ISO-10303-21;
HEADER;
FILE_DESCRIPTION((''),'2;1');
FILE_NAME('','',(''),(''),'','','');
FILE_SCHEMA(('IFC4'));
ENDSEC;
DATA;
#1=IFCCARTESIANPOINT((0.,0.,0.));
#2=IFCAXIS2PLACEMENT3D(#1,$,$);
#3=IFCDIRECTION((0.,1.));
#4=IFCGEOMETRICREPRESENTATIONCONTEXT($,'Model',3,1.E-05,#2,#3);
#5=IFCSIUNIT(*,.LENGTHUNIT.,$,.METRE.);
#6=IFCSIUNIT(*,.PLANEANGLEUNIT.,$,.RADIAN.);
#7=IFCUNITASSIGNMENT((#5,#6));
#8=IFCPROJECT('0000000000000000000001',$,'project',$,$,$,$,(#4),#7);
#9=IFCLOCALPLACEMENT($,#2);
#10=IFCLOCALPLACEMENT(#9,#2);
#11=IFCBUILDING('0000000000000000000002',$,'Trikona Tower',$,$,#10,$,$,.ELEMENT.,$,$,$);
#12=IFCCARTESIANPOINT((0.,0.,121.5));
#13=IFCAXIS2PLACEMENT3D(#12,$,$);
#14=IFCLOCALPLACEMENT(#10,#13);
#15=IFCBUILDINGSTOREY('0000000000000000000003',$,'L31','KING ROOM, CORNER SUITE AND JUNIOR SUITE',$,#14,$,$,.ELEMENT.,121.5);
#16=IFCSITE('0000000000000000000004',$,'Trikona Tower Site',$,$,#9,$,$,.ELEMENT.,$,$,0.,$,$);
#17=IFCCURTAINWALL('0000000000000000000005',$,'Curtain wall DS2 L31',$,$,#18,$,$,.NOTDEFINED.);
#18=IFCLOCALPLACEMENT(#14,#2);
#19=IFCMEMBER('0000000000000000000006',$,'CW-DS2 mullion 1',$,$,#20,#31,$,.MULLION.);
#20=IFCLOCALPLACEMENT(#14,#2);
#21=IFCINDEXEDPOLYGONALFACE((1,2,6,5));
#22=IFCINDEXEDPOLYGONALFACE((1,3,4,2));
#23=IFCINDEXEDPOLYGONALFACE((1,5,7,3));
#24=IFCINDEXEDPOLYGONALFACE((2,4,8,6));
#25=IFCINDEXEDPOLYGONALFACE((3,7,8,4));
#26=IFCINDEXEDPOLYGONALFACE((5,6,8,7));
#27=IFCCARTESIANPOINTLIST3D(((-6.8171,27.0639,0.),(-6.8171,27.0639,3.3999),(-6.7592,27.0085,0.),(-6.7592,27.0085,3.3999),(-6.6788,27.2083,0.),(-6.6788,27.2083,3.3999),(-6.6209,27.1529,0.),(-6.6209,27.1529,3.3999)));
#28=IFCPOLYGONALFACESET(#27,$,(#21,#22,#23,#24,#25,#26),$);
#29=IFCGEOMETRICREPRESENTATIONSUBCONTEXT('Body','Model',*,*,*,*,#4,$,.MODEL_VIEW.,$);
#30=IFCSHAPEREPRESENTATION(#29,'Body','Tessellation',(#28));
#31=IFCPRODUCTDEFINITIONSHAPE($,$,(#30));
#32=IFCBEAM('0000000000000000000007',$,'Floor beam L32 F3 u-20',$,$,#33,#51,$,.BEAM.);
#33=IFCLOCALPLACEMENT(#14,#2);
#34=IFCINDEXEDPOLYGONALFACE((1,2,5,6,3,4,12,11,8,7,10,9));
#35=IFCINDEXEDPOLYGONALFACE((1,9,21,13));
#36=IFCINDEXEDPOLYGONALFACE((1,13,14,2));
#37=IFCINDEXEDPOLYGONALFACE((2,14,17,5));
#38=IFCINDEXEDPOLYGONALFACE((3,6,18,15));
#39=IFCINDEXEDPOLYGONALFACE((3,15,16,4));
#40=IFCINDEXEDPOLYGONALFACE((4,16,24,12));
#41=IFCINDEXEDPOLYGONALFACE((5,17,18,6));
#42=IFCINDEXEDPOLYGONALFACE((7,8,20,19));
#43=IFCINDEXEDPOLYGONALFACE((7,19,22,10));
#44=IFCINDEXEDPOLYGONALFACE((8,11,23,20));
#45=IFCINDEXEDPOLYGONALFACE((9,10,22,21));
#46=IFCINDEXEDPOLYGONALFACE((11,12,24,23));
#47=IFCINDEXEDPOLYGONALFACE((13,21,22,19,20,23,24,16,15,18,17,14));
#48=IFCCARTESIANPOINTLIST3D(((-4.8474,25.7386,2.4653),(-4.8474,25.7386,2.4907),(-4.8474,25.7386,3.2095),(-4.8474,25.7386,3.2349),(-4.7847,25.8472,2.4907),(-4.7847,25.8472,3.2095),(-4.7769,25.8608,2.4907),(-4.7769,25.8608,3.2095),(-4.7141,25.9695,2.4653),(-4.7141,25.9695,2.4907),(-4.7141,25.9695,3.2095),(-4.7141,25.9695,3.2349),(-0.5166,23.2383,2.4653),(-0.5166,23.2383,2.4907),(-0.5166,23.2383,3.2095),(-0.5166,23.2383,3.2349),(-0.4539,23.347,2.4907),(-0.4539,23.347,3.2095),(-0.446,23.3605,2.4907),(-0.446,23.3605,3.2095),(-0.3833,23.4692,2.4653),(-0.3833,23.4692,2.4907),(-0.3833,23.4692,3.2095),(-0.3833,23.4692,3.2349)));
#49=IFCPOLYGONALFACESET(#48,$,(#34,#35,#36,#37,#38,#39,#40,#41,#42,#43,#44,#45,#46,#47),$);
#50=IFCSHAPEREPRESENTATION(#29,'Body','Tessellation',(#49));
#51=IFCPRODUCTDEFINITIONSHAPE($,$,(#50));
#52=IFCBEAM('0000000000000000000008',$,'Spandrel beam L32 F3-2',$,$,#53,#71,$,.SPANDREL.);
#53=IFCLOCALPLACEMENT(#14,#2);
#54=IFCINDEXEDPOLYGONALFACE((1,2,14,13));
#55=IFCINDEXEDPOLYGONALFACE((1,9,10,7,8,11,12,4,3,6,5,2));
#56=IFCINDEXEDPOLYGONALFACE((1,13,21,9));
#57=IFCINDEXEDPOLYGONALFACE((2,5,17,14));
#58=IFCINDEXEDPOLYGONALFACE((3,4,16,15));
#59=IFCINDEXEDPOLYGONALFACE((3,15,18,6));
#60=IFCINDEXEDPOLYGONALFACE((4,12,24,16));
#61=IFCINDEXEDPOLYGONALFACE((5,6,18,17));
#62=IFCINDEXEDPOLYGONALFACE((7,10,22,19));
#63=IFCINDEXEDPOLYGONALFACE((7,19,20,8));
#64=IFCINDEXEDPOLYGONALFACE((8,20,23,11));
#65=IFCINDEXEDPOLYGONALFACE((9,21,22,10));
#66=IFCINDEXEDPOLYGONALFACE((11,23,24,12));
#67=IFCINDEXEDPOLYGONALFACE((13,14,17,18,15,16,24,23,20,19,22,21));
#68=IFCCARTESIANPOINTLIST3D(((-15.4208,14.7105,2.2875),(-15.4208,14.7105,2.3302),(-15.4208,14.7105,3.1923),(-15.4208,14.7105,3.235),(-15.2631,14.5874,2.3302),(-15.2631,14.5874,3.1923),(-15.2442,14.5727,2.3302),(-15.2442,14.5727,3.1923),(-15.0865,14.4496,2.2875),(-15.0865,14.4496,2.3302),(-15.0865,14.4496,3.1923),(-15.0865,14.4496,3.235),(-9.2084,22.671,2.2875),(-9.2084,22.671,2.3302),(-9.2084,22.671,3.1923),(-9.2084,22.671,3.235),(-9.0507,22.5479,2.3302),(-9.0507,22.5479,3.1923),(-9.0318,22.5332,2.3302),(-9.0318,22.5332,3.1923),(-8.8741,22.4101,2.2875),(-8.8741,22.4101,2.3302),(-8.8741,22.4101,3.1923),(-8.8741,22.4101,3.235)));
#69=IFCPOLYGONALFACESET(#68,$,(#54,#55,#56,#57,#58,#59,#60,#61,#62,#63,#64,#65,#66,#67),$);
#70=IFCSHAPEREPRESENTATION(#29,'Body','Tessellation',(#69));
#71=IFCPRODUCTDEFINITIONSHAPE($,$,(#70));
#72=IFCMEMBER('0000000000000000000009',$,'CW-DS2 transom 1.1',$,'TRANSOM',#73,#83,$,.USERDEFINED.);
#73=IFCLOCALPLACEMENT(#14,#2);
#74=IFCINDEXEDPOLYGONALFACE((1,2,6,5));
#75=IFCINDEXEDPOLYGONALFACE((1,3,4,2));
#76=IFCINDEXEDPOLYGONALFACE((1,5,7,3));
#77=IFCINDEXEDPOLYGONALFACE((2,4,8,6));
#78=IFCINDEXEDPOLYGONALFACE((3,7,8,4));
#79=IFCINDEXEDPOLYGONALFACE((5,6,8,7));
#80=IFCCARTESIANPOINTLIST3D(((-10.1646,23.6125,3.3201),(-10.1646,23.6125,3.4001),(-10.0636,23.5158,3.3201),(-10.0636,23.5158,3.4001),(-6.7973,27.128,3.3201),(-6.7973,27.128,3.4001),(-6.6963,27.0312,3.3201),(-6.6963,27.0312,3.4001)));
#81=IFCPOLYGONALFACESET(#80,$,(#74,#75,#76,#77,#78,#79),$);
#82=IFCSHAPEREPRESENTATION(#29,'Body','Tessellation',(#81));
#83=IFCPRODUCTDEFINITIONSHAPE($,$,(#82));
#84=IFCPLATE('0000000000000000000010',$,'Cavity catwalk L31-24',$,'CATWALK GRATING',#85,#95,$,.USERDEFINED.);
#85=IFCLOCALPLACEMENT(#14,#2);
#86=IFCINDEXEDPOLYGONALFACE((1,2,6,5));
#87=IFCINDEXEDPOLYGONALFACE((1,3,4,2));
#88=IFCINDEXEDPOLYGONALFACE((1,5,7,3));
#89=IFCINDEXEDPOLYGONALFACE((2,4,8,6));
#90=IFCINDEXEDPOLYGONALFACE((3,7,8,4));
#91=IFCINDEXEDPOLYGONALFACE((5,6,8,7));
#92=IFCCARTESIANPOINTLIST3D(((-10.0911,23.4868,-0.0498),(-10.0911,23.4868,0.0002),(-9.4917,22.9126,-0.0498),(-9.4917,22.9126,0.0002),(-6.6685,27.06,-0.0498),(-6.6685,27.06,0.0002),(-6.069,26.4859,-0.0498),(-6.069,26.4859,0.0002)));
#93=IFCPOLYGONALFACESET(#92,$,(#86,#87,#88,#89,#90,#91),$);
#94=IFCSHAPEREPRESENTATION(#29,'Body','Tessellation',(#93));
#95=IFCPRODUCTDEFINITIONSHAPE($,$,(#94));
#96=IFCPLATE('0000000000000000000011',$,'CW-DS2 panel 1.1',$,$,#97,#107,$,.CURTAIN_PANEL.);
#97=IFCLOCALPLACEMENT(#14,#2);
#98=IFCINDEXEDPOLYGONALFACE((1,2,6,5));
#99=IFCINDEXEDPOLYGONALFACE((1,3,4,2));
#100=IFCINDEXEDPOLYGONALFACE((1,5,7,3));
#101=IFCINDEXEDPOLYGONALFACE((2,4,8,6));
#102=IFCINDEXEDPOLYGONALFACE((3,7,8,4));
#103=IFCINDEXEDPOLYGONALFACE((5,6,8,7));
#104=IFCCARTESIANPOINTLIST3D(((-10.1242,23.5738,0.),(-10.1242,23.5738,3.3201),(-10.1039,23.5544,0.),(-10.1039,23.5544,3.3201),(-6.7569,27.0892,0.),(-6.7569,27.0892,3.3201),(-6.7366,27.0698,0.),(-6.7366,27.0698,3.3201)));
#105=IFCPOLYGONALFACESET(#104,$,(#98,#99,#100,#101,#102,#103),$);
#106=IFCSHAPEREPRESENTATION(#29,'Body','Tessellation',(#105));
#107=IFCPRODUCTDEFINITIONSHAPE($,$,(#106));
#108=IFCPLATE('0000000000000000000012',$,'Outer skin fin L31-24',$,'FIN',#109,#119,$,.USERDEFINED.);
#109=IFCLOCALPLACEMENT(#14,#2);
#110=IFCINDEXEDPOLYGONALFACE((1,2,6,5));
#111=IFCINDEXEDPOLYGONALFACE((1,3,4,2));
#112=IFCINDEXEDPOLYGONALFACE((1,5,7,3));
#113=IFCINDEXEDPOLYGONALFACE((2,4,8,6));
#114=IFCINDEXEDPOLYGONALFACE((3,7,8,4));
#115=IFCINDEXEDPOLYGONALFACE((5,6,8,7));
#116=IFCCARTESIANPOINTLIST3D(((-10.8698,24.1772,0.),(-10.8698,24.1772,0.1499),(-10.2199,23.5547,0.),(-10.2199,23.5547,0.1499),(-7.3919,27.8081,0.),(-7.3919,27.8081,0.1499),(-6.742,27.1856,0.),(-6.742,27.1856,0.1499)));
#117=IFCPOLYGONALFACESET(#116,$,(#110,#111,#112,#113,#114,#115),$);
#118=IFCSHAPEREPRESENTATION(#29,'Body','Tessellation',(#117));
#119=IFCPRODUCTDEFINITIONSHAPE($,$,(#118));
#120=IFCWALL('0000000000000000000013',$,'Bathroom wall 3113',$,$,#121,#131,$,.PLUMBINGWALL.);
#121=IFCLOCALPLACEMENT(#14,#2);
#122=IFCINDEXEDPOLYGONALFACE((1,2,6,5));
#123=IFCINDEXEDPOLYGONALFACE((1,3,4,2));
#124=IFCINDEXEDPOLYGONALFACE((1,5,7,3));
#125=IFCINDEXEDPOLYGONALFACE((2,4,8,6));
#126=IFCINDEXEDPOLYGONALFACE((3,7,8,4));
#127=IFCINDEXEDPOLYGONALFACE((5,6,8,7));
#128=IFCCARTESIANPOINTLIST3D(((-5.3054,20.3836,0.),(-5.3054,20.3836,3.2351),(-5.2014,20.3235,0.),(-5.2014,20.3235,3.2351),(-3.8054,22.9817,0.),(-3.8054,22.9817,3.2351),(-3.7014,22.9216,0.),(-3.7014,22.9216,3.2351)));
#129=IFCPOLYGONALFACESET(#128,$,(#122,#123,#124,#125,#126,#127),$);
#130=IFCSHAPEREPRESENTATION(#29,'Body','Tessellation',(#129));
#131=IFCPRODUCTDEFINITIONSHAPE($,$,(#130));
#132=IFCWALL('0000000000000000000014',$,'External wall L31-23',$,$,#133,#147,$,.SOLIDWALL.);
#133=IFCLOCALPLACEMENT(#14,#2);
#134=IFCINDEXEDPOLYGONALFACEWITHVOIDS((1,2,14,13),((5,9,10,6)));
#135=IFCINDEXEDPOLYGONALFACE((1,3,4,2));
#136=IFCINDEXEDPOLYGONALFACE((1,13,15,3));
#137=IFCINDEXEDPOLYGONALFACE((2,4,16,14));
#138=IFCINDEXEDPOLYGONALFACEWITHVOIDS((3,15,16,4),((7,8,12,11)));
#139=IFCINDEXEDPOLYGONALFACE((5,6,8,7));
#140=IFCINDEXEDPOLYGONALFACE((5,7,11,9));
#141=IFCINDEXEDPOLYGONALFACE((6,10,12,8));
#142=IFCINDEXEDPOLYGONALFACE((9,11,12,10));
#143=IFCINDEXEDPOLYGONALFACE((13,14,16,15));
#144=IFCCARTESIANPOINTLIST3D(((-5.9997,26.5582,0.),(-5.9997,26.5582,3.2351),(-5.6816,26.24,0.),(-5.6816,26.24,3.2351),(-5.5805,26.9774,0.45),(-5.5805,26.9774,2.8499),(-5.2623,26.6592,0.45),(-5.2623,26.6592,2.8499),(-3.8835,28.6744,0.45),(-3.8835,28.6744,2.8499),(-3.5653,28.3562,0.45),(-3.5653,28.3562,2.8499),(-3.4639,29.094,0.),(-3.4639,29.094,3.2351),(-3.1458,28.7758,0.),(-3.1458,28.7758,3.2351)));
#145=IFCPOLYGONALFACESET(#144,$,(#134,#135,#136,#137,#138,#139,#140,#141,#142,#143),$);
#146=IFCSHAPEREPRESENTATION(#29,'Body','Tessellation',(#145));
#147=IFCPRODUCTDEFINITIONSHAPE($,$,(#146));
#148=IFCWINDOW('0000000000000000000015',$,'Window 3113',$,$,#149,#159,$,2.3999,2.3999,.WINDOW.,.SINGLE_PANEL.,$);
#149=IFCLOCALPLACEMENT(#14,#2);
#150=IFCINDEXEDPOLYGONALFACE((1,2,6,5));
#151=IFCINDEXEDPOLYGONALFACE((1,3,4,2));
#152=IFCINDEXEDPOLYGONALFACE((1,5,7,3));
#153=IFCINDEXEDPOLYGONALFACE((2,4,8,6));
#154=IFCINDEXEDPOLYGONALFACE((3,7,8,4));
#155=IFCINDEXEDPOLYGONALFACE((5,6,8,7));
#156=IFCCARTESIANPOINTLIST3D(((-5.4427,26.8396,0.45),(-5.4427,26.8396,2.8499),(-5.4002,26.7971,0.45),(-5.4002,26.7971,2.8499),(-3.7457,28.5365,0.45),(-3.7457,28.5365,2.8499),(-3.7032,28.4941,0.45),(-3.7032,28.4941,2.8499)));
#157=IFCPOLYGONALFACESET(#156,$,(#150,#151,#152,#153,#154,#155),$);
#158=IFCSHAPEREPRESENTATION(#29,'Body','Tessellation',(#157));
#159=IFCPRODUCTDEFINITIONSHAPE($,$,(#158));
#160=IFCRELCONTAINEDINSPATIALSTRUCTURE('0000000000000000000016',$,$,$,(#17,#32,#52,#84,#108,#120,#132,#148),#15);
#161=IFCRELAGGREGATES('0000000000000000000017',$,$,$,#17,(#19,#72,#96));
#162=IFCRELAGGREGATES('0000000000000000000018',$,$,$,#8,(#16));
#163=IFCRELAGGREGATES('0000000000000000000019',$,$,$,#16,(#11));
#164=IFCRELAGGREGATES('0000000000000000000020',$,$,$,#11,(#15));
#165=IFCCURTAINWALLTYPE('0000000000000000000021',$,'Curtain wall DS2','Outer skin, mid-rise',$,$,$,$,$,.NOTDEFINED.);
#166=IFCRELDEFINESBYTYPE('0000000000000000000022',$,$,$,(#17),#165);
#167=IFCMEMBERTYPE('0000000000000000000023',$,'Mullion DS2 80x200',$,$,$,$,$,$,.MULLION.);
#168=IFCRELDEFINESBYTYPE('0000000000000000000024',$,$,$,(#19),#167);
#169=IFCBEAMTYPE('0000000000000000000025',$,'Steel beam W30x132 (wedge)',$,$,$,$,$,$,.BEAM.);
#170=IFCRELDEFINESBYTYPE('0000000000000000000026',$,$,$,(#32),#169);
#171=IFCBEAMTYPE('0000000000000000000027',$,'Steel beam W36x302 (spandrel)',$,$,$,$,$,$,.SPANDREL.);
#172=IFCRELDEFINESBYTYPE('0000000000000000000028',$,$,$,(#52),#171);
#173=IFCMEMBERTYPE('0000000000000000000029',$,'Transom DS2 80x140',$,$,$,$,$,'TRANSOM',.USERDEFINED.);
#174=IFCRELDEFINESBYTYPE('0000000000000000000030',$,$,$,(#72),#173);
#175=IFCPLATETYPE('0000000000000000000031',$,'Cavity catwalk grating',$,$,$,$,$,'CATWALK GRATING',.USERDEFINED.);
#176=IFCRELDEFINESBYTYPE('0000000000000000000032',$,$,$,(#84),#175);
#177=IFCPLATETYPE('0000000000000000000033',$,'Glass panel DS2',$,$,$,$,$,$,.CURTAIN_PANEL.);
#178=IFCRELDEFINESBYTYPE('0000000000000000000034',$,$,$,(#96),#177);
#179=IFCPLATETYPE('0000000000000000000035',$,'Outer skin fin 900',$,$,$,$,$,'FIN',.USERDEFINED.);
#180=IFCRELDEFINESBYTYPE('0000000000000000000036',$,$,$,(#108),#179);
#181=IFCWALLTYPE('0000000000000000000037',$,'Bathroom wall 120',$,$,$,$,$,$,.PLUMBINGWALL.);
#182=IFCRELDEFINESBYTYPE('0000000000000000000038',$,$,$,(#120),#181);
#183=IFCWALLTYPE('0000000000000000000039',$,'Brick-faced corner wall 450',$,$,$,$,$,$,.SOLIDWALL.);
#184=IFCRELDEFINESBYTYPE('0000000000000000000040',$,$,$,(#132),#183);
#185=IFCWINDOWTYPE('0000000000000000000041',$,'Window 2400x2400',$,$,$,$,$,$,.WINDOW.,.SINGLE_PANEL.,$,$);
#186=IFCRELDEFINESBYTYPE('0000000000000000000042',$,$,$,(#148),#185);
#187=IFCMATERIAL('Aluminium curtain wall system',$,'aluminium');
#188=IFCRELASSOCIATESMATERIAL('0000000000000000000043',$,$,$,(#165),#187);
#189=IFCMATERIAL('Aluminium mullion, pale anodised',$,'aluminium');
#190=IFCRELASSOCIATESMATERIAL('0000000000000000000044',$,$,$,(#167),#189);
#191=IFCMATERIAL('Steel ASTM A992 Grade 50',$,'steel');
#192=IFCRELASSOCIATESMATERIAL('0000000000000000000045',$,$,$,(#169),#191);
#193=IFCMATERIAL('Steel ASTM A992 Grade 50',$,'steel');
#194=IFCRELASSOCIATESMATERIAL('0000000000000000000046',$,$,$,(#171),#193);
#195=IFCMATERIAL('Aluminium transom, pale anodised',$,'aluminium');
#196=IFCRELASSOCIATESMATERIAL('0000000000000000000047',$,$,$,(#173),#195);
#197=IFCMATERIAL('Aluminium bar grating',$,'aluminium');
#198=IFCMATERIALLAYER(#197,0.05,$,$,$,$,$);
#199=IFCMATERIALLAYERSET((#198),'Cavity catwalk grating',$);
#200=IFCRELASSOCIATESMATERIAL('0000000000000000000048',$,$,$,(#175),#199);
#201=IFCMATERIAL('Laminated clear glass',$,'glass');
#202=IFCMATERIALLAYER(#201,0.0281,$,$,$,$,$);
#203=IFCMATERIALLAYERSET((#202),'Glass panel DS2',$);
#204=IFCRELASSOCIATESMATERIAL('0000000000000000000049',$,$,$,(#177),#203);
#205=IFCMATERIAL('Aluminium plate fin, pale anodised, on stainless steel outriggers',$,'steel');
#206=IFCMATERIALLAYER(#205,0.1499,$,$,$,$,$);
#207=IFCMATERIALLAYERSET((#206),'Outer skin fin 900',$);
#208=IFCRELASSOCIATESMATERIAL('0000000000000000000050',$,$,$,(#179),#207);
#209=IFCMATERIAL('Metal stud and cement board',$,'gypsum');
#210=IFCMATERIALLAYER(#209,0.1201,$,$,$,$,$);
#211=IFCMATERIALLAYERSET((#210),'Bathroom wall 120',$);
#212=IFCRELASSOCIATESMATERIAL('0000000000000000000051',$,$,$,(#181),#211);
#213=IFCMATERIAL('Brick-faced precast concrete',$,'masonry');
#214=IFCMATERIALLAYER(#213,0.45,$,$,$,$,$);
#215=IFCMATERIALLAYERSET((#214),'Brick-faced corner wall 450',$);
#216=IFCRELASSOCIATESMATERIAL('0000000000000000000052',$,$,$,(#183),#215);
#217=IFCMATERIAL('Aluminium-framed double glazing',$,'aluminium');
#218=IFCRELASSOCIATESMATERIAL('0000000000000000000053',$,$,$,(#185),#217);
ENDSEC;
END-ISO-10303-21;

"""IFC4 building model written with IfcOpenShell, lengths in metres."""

from ifc_helpers import new_model, si_unit, direction, frame, frame_2d, origin, origin_2d, place, context, subcontext, project, spatial, rectangle, i_section, extrude, material, layer, layer_set, material_profile, profile_set, type_object, element, fill, aggregate, save


model = new_model("IFC4")

# Units and contexts
model_context = context("Model", 3, precision=1e-05, world=origin(), true_north=direction((0.0, 1.0)))
body_context = subcontext(model_context, "Body", "Model", "MODEL_VIEW")
ifc_project = project(units=[si_unit("LENGTHUNIT", "METRE"), si_unit("PLANEANGLEUNIT", "RADIAN")], contexts=[model_context])

# Site, building, storey
site_placement = place(None, origin())
site = spatial("IfcSite", under=ifc_project, at=site_placement, Name="Trikona Tower Site", CompositionType="ELEMENT", RefElevation=0.0)
building_placement = place(site_placement, origin())
building = spatial("IfcBuilding", under=site, at=building_placement, Name="Trikona Tower", CompositionType="ELEMENT")
storey_placement = place(building_placement, frame((0.0, 0.0, 121.5)))
storey = spatial("IfcBuildingStorey", under=building, at=storey_placement, Name="L31", Description="KING ROOM, CORNER SUITE AND JUNIOR SUITE", CompositionType="ELEMENT", Elevation=121.5)

# Curtain wall, member
ifc_material_1 = material(Name="Aluminium curtain wall system", Category="aluminium")
curtain_wall_type = type_object("IfcCurtainWallType", Name="Curtain wall DS2", Description="Outer skin, mid-rise", PredefinedType="NOTDEFINED", material=ifc_material_1)
curtain_wall_placement = place(storey_placement, origin())
curtain_wall = element("IfcCurtainWall", 1, at=curtain_wall_placement, inside=storey, type_object=curtain_wall_type, Name="Curtain wall DS2 L31", PredefinedType="NOTDEFINED")
ifc_material_2 = material(Name="Aluminium mullion, pale anodised", Category="aluminium")
ifc_material_profile_1 = material_profile(ifc_material_2, rectangle(XDim=0.0801, YDim=0.2, at=origin_2d()), Name="MUL-DS2")
ifc_profile_set_1 = profile_set([ifc_material_profile_1], Name="Aluminium mullion, pale anodised")
member_type_1 = type_object("IfcMemberType", Name="Mullion DS2 80x200", PredefinedType="MULLION", material=ifc_profile_set_1)
member_1_placement = place(storey_placement, frame((-6.719, 27.1084, 0.0), z_axis=(0.0, 0.0, 1.0), x_axis=(0.722158, -0.691728, 0.0)))
member_1 = element("IfcMember", 2, at=member_1_placement, type_object=member_type_1, Name="CW-DS2 mullion 1", PredefinedType="MULLION", context=body_context, shape_type="SweptSolid", body=[
    extrude(rectangle(XDim=0.0801, YDim=0.2, at=origin_2d()), origin(), (0.0, 0.0, 1.0), 3.3999),
])

# Beams
ifc_material_3 = material(Name="Steel ASTM A992 Grade 50", Category="steel")
ifc_material_profile_2 = material_profile(ifc_material_3, i_section(OverallWidth=0.2666, OverallDepth=0.7695, WebThickness=0.0156, FlangeThickness=0.0254, at=origin_2d()), Name="W30X132")
ifc_profile_set_2 = profile_set([ifc_material_profile_2], Name="Steel ASTM A992 Grade 50")
beam_type_1 = type_object("IfcBeamType", Name="Steel beam W30x132 (wedge)", PredefinedType="BEAM", material=ifc_profile_set_2)
beam_1_placement = place(storey_placement, frame((-0.45, 23.3538, 2.8501), z_axis=(-0.866038, 0.499977, 0.0), x_axis=(-0.499977, -0.866038, 0.0)))
element("IfcBeam", 3, at=beam_1_placement, inside=storey, type_object=beam_type_1, Name="Floor beam L32 F3 u-20", PredefinedType="BEAM", context=body_context, shape_type="SweptSolid", body=[
    extrude(i_section(OverallWidth=0.2666, OverallDepth=0.7695, WebThickness=0.0156, FlangeThickness=0.0254, at=origin_2d()), origin(), (0.0, 0.0, 1.0), 5.0007),
])
ifc_material_4 = material(Name="Steel ASTM A992 Grade 50", Category="steel")
ifc_material_profile_3 = material_profile(ifc_material_4, i_section(OverallWidth=0.4241, OverallDepth=0.9475, WebThickness=0.0239, FlangeThickness=0.0427, at=origin_2d()), Name="W36X302")
ifc_profile_set_3 = profile_set([ifc_material_profile_3], Name="Steel ASTM A992 Grade 50")
beam_type_2 = type_object("IfcBeamType", Name="Steel beam W36x302 (spandrel)", PredefinedType="SPANDREL", material=ifc_profile_set_3)
beam_2_placement = place(storey_placement, frame((-9.0413, 22.5405, 2.7612), z_axis=(-0.615232, -0.788346, 0.0), x_axis=(0.788346, -0.615232, 0.0)))
element("IfcBeam", 4, at=beam_2_placement, inside=storey, type_object=beam_type_2, Name="Spandrel beam L32 F3-2", PredefinedType="SPANDREL", context=body_context, shape_type="SweptSolid", body=[
    extrude(i_section(OverallWidth=0.4241, OverallDepth=0.9475, WebThickness=0.0239, FlangeThickness=0.0427, at=origin_2d()), origin(), (0.0, 0.0, 1.0), 10.0977),
])

# Member
ifc_material_5 = material(Name="Aluminium transom, pale anodised", Category="aluminium")
ifc_material_profile_4 = material_profile(ifc_material_5, rectangle(XDim=0.1399, YDim=0.0801, at=origin_2d()), Name="TRN-DS2")
ifc_profile_set_4 = profile_set([ifc_material_profile_4], Name="Aluminium transom, pale anodised")
member_type_2 = type_object("IfcMemberType", Name="Transom DS2 80x140", ElementType="TRANSOM", PredefinedType="USERDEFINED", material=ifc_profile_set_4)
member_2_placement = place(storey_placement, frame((-6.7468, 27.0796, 3.3601), z_axis=(-0.691721, -0.722165, 0.0), x_axis=(0.722165, -0.691721, 0.0)))
member_2 = element("IfcMember", 5, at=member_2_placement, type_object=member_type_2, Name="CW-DS2 transom 1.1", ObjectType="TRANSOM", PredefinedType="USERDEFINED", context=body_context, shape_type="SweptSolid", body=[
    extrude(rectangle(XDim=0.1399, YDim=0.0801, at=origin_2d()), origin(), (0.0, 0.0, 1.0), 4.8679),
])

# Plates
ifc_material_6 = material(Name="Aluminium bar grating", Category="aluminium")
ifc_layer_1 = layer(ifc_material_6, 0.05)
ifc_layer_set_1 = layer_set([ifc_layer_1], Name="Cavity catwalk grating")
plate_type_1 = type_object("IfcPlateType", Name="Cavity catwalk grating", ElementType="CATWALK GRATING", PredefinedType="USERDEFINED", material=ifc_layer_set_1)
plate_1_placement = place(storey_placement, frame((-8.0801, 24.9863, -0.0498), z_axis=(0.0, 0.0, 1.0), x_axis=(-0.691724, -0.722162, 0.0)))
element("IfcPlate", 6, at=plate_1_placement, inside=storey, type_object=plate_type_1, Name="Cavity catwalk L31-24", ObjectType="CATWALK GRATING", PredefinedType="USERDEFINED", context=body_context, shape_type="SweptSolid", body=[
    extrude(rectangle(XDim=4.948, YDim=0.8301, at=origin_2d()), origin(), (0.0, 0.0, 1.0), 0.05),
])
ifc_material_7 = material(Name="Laminated clear glass", Category="glass")
ifc_layer_2 = layer(ifc_material_7, 0.0281)
ifc_layer_set_2 = layer_set([ifc_layer_2], Name="Glass panel DS2")
plate_type_2 = type_object("IfcPlateType", Name="Glass panel DS2", PredefinedType="CURTAIN_PANEL", material=ifc_layer_set_2)
plate_2_placement = place(storey_placement, frame((-8.4304, 25.3218, 0.0), z_axis=(0.0, 0.0, 1.0), x_axis=(-0.691728, -0.722158, 0.0)))
plate_2 = element("IfcPlate", 7, at=plate_2_placement, type_object=plate_type_2, Name="CW-DS2 panel 1.1", PredefinedType="CURTAIN_PANEL", context=body_context, shape_type="SweptSolid", body=[
    extrude(rectangle(XDim=4.8679, YDim=0.0281, at=origin_2d()), origin(), (0.0, 0.0, 1.0), 3.3201),
])
aggregate(curtain_wall, [member_1, member_2, plate_2])
ifc_material_8 = material(Name="Aluminium plate fin, pale anodised, on stainless steel outriggers", Category="steel")
ifc_layer_3 = layer(ifc_material_8, 0.1499)
ifc_layer_set_3 = layer_set([ifc_layer_3], Name="Outer skin fin 900")
plate_type_3 = type_object("IfcPlateType", Name="Outer skin fin 900", ElementType="FIN", PredefinedType="USERDEFINED", material=ifc_layer_set_3)
plate_3_placement = place(storey_placement, frame((-8.8059, 25.6814, 0.0), z_axis=(0.0, 0.0, 1.0), x_axis=(-0.691724, -0.722162, 0.0)))
element("IfcPlate", 8, at=plate_3_placement, inside=storey, type_object=plate_type_3, Name="Outer skin fin L31-24", ObjectType="FIN", PredefinedType="USERDEFINED", context=body_context, shape_type="SweptSolid", body=[
    extrude(rectangle(XDim=5.0278, YDim=0.8999, at=origin_2d()), origin(), (0.0, 0.0, 1.0), 0.1499),
])

# Wall
ifc_material_9 = material(Name="Metal stud and cement board", Category="gypsum")
ifc_layer_4 = layer(ifc_material_9, 0.1201)
ifc_layer_set_4 = layer_set([ifc_layer_4], Name="Bathroom wall 120")
wall_type_1 = type_object("IfcWallType", Name="Bathroom wall 120", PredefinedType="PLUMBINGWALL", material=ifc_layer_set_4)
wall_1_placement = place(storey_placement, frame((-3.7534, 22.9517, 0.0), z_axis=(0.0, 0.0, 1.0), x_axis=(-0.49999, -0.866031, 0.0)))
element("IfcWall", 9, at=wall_1_placement, inside=storey, type_object=wall_type_1, Name="Bathroom wall 3113", PredefinedType="PLUMBINGWALL", context=body_context, shape_type="SweptSolid", body=[
    extrude(rectangle(XDim=3.0, YDim=0.1201, at=frame_2d((1.5, 0.0))), origin(), (0.0, 0.0, 1.0), 3.2351),
])

# Wall, opening, window
ifc_material_10 = material(Name="Brick-faced precast concrete", Category="masonry")
ifc_layer_5 = layer(ifc_material_10, 0.45)
ifc_layer_set_5 = layer_set([ifc_layer_5], Name="Brick-faced corner wall 450")
wall_type_2 = type_object("IfcWallType", Name="Brick-faced corner wall 450", PredefinedType="SOLIDWALL", material=ifc_layer_set_5)
wall_2_placement = place(storey_placement, frame((-3.3049, 28.9348, 0.0), z_axis=(0.0, 0.0, 1.0), x_axis=(-0.707107, -0.707107, 0.0)))
wall_2 = element("IfcWall", 10, at=wall_2_placement, inside=storey, type_object=wall_type_2, Name="External wall L31-23", PredefinedType="SOLIDWALL", context=body_context, shape_type="SweptSolid", body=[
    extrude(rectangle(XDim=3.5862, YDim=0.45, at=frame_2d((1.793, 0.0))), origin(), (0.0, 0.0, 1.0), 3.2351),
])
opening_1_placement = place(wall_2_placement, frame((0.5933, 0.0, 0.45)))
opening_1 = element("IfcOpeningElement", 11, at=opening_1_placement, cuts=wall_2, PredefinedType="OPENING", context=body_context, shape_type="SweptSolid", body=[
    extrude(rectangle(XDim=2.3999, YDim=2.3999, at=frame_2d((1.2, 1.2))), frame((0.0, 0.2349, 0.0), z_axis=(0.0, -1.0, 0.0), x_axis=(1.0, 0.0, 0.0)), (0.0, 0.0, 1.0), 0.47),
])
ifc_material_11 = material(Name="Aluminium-framed double glazing", Category="aluminium")
window_type_1 = type_object("IfcWindowType", Name="Window 2400x2400", PartitioningType="SINGLE_PANEL", PredefinedType="WINDOW", material=ifc_material_11)
window_1_placement = place(opening_1_placement, origin())
window_1 = element("IfcWindow", 12, at=window_1_placement, inside=storey, type_object=window_type_1, Name="Window 3113", OverallHeight=2.3999, OverallWidth=2.3999, PartitioningType="SINGLE_PANEL", PredefinedType="WINDOW", context=body_context, shape_type="SweptSolid", body=[
    extrude(rectangle(XDim=2.3999, YDim=2.3999, at=frame_2d((1.2, 1.2))), frame((0.0, 0.03, 0.0), z_axis=(0.0, -1.0, 0.0), x_axis=(1.0, 0.0, 0.0)), (0.0, 0.0, 1.0), 0.0601),
])
fill(opening_1, window_1)

save(model, "model.ifc")
